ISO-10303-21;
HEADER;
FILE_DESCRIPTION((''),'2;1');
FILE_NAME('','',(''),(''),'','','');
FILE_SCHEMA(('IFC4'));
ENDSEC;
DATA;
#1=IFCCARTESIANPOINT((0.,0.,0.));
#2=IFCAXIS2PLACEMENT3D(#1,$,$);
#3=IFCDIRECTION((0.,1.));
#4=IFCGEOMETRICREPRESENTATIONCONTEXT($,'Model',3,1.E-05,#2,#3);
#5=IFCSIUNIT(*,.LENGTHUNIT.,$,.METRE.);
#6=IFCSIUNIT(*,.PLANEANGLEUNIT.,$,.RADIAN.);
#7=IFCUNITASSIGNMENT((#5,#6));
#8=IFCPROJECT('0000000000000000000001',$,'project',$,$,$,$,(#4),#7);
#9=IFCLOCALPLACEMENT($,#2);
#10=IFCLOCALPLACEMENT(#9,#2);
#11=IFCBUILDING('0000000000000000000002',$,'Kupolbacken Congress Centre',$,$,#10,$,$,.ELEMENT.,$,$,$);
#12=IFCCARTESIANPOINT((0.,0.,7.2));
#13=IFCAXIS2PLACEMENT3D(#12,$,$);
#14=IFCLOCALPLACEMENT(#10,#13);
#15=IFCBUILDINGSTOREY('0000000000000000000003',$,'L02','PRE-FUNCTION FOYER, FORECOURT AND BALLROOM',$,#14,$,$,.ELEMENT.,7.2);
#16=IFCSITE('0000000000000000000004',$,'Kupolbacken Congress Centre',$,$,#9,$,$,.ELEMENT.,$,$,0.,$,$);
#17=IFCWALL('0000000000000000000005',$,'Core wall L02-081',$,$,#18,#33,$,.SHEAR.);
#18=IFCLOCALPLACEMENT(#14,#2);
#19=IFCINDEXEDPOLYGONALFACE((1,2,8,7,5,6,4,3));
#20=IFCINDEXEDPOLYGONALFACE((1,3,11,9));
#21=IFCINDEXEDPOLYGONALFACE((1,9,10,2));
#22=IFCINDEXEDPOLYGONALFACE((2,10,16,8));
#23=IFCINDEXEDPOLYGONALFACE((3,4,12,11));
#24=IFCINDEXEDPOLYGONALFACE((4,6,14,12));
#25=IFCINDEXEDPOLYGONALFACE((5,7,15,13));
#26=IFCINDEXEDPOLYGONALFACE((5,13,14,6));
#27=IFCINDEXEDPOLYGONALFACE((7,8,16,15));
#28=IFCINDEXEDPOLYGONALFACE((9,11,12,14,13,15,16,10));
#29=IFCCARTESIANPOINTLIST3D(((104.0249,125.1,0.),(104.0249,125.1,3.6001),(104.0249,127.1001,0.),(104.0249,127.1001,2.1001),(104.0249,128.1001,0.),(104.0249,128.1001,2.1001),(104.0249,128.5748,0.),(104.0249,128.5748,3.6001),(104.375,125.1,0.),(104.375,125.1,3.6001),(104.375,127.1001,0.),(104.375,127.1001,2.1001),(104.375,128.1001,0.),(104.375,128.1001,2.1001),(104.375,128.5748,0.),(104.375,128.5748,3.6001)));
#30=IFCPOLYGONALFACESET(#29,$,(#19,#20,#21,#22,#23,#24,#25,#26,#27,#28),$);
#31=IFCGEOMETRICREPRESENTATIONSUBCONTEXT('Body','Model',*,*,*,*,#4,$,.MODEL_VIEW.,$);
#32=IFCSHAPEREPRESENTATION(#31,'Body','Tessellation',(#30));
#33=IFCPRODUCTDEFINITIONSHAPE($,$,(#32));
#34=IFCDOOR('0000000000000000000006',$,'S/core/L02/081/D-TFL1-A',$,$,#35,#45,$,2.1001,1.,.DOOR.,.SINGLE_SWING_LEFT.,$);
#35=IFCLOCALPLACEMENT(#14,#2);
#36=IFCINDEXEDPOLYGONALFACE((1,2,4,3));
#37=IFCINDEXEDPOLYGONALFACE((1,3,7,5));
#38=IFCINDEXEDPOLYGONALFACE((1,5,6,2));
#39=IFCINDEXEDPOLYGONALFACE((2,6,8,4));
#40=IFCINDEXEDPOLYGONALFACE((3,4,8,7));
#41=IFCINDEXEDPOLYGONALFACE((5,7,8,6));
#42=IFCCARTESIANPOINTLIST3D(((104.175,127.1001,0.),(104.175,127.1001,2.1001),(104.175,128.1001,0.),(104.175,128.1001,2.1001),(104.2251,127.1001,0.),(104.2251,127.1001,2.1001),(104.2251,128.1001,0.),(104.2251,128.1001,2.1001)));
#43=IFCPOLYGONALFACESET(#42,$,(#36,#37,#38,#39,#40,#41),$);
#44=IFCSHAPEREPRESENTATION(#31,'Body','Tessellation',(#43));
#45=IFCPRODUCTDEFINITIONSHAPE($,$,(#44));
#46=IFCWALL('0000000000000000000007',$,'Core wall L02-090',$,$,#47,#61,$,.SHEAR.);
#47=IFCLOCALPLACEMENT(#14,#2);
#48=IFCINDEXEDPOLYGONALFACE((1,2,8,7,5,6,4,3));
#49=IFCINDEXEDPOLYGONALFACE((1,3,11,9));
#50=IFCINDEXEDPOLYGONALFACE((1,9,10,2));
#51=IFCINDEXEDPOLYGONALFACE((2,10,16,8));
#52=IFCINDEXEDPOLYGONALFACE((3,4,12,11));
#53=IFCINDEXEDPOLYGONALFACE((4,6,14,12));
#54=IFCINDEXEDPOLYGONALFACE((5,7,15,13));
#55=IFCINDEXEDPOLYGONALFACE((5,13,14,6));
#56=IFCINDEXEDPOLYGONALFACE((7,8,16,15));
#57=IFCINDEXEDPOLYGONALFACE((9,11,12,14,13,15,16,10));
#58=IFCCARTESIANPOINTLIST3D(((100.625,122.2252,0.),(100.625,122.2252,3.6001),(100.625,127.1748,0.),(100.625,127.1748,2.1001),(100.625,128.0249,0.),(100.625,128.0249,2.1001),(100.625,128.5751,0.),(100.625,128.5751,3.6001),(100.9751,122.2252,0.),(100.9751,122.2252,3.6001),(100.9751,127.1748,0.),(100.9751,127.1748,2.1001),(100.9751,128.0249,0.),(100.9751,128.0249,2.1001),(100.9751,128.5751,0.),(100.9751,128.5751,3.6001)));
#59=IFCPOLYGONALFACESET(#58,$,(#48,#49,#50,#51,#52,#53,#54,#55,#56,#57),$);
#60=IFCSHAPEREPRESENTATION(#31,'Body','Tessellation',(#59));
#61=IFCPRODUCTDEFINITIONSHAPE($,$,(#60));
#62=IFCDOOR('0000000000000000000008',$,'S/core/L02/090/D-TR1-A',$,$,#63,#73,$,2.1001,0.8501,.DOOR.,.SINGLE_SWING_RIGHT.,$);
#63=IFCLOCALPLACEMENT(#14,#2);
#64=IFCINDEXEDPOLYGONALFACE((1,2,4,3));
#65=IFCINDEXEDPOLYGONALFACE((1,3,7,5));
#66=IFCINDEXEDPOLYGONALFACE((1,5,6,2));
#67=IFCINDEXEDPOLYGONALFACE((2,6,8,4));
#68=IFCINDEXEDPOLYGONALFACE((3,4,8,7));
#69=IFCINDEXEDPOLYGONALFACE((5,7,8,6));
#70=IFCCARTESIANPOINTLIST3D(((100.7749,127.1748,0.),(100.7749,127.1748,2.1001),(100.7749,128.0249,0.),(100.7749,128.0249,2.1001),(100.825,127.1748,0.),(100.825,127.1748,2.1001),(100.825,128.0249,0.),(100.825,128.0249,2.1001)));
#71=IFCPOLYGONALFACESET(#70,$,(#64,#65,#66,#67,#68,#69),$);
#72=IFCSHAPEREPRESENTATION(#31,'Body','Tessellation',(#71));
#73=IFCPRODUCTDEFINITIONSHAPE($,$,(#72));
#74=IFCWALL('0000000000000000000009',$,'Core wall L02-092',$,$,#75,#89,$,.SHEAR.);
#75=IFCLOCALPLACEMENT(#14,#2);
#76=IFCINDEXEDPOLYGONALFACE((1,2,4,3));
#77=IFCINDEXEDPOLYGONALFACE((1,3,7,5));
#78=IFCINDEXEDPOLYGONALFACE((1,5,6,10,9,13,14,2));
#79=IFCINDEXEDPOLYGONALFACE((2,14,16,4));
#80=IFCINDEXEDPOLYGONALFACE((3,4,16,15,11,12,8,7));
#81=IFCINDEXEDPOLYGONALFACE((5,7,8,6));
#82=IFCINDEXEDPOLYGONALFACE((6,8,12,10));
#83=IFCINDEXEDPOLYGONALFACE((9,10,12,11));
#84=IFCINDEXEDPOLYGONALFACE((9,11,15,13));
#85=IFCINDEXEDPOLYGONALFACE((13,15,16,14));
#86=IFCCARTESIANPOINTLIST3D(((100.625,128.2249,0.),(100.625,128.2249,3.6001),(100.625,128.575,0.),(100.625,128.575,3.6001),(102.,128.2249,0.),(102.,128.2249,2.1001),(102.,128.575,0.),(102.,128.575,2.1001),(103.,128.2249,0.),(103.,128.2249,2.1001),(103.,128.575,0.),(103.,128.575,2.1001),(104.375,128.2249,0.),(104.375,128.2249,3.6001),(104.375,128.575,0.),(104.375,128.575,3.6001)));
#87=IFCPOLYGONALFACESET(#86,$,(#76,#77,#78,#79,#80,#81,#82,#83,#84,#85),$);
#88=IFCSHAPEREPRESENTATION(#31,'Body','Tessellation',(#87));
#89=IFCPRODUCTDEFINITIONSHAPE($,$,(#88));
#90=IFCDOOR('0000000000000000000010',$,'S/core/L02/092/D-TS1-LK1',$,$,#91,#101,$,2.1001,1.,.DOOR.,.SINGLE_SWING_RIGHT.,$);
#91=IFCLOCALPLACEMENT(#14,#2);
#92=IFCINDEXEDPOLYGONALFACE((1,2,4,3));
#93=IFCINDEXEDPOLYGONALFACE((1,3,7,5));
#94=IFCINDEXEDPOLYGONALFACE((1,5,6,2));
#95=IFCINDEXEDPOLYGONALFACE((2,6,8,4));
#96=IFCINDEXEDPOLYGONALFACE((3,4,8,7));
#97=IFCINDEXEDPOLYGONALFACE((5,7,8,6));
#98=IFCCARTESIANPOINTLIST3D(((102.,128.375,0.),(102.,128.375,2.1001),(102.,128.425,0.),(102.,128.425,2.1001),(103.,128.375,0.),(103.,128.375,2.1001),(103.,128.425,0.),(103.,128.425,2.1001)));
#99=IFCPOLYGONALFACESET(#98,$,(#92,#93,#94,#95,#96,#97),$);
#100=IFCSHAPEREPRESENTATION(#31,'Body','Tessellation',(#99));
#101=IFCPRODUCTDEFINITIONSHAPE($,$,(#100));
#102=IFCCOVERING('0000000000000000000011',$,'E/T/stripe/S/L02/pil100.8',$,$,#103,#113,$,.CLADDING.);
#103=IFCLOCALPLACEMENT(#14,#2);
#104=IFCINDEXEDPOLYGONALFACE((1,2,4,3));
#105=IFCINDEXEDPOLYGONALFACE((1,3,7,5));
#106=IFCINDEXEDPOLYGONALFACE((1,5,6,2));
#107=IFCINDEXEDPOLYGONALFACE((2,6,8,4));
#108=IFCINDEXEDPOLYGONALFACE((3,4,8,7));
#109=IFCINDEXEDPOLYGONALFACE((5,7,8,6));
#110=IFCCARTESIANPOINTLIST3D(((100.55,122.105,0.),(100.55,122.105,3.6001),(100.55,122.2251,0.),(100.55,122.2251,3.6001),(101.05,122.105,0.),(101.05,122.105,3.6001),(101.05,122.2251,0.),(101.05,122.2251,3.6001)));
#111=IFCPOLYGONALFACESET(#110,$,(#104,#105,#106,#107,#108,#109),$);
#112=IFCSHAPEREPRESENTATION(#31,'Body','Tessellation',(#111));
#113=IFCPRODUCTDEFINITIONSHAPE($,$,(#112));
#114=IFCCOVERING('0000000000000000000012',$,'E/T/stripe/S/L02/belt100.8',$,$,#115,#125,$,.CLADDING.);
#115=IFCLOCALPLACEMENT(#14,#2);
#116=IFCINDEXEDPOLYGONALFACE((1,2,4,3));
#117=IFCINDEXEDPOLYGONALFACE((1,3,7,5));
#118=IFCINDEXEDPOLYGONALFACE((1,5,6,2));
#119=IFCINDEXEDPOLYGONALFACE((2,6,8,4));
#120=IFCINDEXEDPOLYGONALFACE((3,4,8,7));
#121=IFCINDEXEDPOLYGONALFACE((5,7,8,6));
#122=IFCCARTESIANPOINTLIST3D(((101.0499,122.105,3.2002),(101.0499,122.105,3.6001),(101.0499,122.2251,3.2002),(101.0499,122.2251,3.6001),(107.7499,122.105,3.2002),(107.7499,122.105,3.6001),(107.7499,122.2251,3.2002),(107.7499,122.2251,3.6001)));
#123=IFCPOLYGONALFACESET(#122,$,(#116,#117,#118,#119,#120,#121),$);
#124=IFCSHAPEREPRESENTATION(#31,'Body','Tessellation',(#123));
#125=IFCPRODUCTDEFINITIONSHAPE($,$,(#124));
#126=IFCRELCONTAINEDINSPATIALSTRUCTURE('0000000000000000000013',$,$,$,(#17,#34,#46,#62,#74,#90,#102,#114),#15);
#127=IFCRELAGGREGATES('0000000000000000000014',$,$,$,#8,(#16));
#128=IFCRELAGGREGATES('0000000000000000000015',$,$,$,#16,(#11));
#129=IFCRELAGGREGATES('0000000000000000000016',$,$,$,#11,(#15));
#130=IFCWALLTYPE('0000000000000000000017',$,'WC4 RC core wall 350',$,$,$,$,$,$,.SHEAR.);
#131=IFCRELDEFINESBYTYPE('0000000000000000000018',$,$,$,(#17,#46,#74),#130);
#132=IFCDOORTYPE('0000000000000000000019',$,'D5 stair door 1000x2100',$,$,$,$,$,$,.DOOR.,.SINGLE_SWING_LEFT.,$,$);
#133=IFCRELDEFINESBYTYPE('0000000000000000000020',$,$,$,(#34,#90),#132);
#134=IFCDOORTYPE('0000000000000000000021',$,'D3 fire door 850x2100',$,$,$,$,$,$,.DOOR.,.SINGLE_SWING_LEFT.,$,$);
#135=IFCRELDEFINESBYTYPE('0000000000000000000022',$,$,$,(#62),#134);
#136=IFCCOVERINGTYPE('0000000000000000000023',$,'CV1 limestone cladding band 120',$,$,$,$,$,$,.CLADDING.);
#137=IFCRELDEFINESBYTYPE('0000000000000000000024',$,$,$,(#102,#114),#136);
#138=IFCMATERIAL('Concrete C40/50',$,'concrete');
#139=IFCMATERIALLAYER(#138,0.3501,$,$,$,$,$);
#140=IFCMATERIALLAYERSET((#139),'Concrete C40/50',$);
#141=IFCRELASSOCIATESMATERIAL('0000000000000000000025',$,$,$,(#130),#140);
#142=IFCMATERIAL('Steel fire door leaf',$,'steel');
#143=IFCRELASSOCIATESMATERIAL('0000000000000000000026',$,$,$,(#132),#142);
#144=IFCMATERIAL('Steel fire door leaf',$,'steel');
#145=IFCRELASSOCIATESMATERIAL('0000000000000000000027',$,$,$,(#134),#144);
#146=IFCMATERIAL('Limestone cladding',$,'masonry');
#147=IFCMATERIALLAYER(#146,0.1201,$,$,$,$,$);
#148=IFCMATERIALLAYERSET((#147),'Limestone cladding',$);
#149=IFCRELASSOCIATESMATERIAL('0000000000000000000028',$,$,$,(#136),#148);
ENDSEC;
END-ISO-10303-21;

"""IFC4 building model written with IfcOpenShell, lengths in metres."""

from ifc_helpers import new_model, si_unit, direction, frame, frame_2d, origin, origin_2d, place, context, subcontext, project, spatial, rectangle, extrude, material, layer, layer_set, type_object, element, fill, save


model = new_model("IFC4")

# Units and contexts
model_context = context("Model", 3, precision=1e-05, world=origin(), true_north=direction((0.0, 1.0)))
body_context = subcontext(model_context, "Body", "Model", "MODEL_VIEW")
ifc_project = project(units=[si_unit("LENGTHUNIT", "METRE"), si_unit("PLANEANGLEUNIT", "RADIAN")], contexts=[model_context])

# Site, building, storey
site_placement = place(None, origin())
site = spatial("IfcSite", under=ifc_project, at=site_placement, Name="Kupolbacken Congress Centre", CompositionType="ELEMENT", RefElevation=0.0)
building_placement = place(site_placement, origin())
building = spatial("IfcBuilding", under=site, at=building_placement, Name="Kupolbacken Congress Centre", CompositionType="ELEMENT")
storey_placement = place(building_placement, frame((0.0, 0.0, 7.2)))
storey = spatial("IfcBuildingStorey", under=building, at=storey_placement, Name="L02", Description="PRE-FUNCTION FOYER, FORECOURT AND BALLROOM", CompositionType="ELEMENT", Elevation=7.2)

# Shared definitions
ifc_material_1 = material(Name="Concrete C40/50", Category="concrete")
ifc_layer_1 = layer(ifc_material_1, 0.3501)
ifc_layer_set_1 = layer_set([ifc_layer_1], Name="Concrete C40/50")
wall_type_1 = type_object("IfcWallType", Name="WC4 RC core wall 350", PredefinedType="SHEAR", material=ifc_layer_set_1)

# Walls, openings, doors
wall_1_placement = place(storey_placement, frame((104.2, 125.1001, 0.0), z_axis=(0.0, 0.0, 1.0), x_axis=(0.0, 1.0, 0.0)))
wall_1 = element("IfcWall", 1, at=wall_1_placement, inside=storey, type_object=wall_type_1, Name="Core wall L02-081", PredefinedType="SHEAR", context=body_context, shape_type="SweptSolid", body=[
    extrude(rectangle(XDim=3.4749, YDim=0.3501, at=frame_2d((1.7373, 0.0))), origin(), (0.0, 0.0, 1.0), 3.6001),
])
opening_1_placement = place(wall_1_placement, frame((2.0, 0.0, 0.0)))
opening_1 = element("IfcOpeningElement", 2, at=opening_1_placement, cuts=wall_1, PredefinedType="OPENING", context=body_context, shape_type="SweptSolid", body=[
    extrude(rectangle(XDim=1.0, YDim=2.1001, at=frame_2d((0.5, 1.05))), frame((0.0, 0.1851, 0.0), z_axis=(0.0, -1.0, 0.0), x_axis=(1.0, 0.0, 0.0)), (0.0, 0.0, 1.0), 0.3701),
])
ifc_material_2 = material(Name="Steel fire door leaf", Category="steel")
door_type_1 = type_object("IfcDoorType", Name="D5 stair door 1000x2100", OperationType="SINGLE_SWING_LEFT", PredefinedType="DOOR", material=ifc_material_2)
door_1_placement = place(opening_1_placement, origin())
door_1 = element("IfcDoor", 3, at=door_1_placement, inside=storey, type_object=door_type_1, Name="S/core/L02/081/D-TFL1-A", OperationType="SINGLE_SWING_LEFT", OverallHeight=2.1001, OverallWidth=1.0, PredefinedType="DOOR", context=body_context, shape_type="SweptSolid", body=[
    extrude(rectangle(XDim=1.0, YDim=2.1001, at=frame_2d((0.5, 1.05))), frame((0.0, 0.0249, 0.0), z_axis=(0.0, -1.0, 0.0), x_axis=(1.0, 0.0, 0.0)), (0.0, 0.0, 1.0), 0.05),
])
fill(opening_1, door_1)
wall_2_placement = place(storey_placement, frame((100.8, 128.575, 0.0), z_axis=(0.0, 0.0, 1.0), x_axis=(0.0, -1.0, 0.0)))
wall_2 = element("IfcWall", 4, at=wall_2_placement, inside=storey, type_object=wall_type_1, Name="Core wall L02-090", PredefinedType="SHEAR", context=body_context, shape_type="SweptSolid", body=[
    extrude(rectangle(XDim=6.3499, YDim=0.3501, at=frame_2d((3.1748, 0.0))), origin(), (0.0, 0.0, 1.0), 3.6001),
])
opening_2_placement = place(wall_2_placement, frame((0.55, 0.0, 0.0)))
opening_2 = element("IfcOpeningElement", 5, at=opening_2_placement, cuts=wall_2, PredefinedType="OPENING", context=body_context, shape_type="SweptSolid", body=[
    extrude(rectangle(XDim=0.8501, YDim=2.1001, at=frame_2d((0.425, 1.05))), frame((0.0, 0.1851, 0.0), z_axis=(0.0, -1.0, 0.0), x_axis=(1.0, 0.0, 0.0)), (0.0, 0.0, 1.0), 0.3701),
])
ifc_material_3 = material(Name="Steel fire door leaf", Category="steel")
door_type_2 = type_object("IfcDoorType", Name="D3 fire door 850x2100", OperationType="SINGLE_SWING_LEFT", PredefinedType="DOOR", material=ifc_material_3)
door_2_placement = place(opening_2_placement, origin())
door_2 = element("IfcDoor", 6, at=door_2_placement, inside=storey, type_object=door_type_2, Name="S/core/L02/090/D-TR1-A", OperationType="SINGLE_SWING_RIGHT", OverallHeight=2.1001, OverallWidth=0.8501, PredefinedType="DOOR", context=body_context, shape_type="SweptSolid", body=[
    extrude(rectangle(XDim=0.8501, YDim=2.1001, at=frame_2d((0.425, 1.05))), frame((0.0, 0.0249, 0.0), z_axis=(0.0, -1.0, 0.0), x_axis=(1.0, 0.0, 0.0)), (0.0, 0.0, 1.0), 0.05),
])
fill(opening_2, door_2)
wall_3_placement = place(storey_placement, frame((104.375, 128.3999, 0.0), z_axis=(0.0, 0.0, 1.0), x_axis=(-1.0, 0.0, 0.0)))
wall_3 = element("IfcWall", 7, at=wall_3_placement, inside=storey, type_object=wall_type_1, Name="Core wall L02-092", PredefinedType="SHEAR", context=body_context, shape_type="SweptSolid", body=[
    extrude(rectangle(XDim=3.75, YDim=0.3501, at=frame_2d((1.875, 0.0))), origin(), (0.0, 0.0, 1.0), 3.6001),
])
opening_3_placement = place(wall_3_placement, frame((1.375, 0.0, 0.0)))
opening_3 = element("IfcOpeningElement", 8, at=opening_3_placement, cuts=wall_3, PredefinedType="OPENING", context=body_context, shape_type="SweptSolid", body=[
    extrude(rectangle(XDim=1.0, YDim=2.1001, at=frame_2d((0.5, 1.05))), frame((0.0, 0.1851, 0.0), z_axis=(0.0, -1.0, 0.0), x_axis=(1.0, 0.0, 0.0)), (0.0, 0.0, 1.0), 0.3701),
])
door_3_placement = place(opening_3_placement, origin())
door_3 = element("IfcDoor", 9, at=door_3_placement, inside=storey, type_object=door_type_1, Name="S/core/L02/092/D-TS1-LK1", OperationType="SINGLE_SWING_RIGHT", OverallHeight=2.1001, OverallWidth=1.0, PredefinedType="DOOR", context=body_context, shape_type="SweptSolid", body=[
    extrude(rectangle(XDim=1.0, YDim=2.1001, at=frame_2d((0.5, 1.05))), frame((0.0, 0.0249, 0.0), z_axis=(0.0, -1.0, 0.0), x_axis=(1.0, 0.0, 0.0)), (0.0, 0.0, 1.0), 0.05),
])
fill(opening_3, door_3)

# Coverings
ifc_material_4 = material(Name="Limestone cladding", Category="masonry")
ifc_layer_2 = layer(ifc_material_4, 0.1201)
ifc_layer_set_2 = layer_set([ifc_layer_2], Name="Limestone cladding")
covering_type_1 = type_object("IfcCoveringType", Name="CV1 limestone cladding band 120", PredefinedType="CLADDING", material=ifc_layer_set_2)
covering_1_placement = place(storey_placement, frame((100.8, 122.165, 0.0), z_axis=(0.0, 0.0, 1.0), x_axis=(1.0, 0.0, 0.0)))
element("IfcCovering", 10, at=covering_1_placement, inside=storey, type_object=covering_type_1, Name="E/T/stripe/S/L02/pil100.8", PredefinedType="CLADDING", context=body_context, shape_type="SweptSolid", body=[
    extrude(rectangle(XDim=0.5, YDim=0.1201, at=origin_2d()), origin(), (0.0, 0.0, 1.0), 3.6001),
])
covering_2_placement = place(storey_placement, frame((104.3999, 122.165, 3.2002), z_axis=(0.0, 0.0, 1.0), x_axis=(1.0, 0.0, 0.0)))
element("IfcCovering", 11, at=covering_2_placement, inside=storey, type_object=covering_type_1, Name="E/T/stripe/S/L02/belt100.8", PredefinedType="CLADDING", context=body_context, shape_type="SweptSolid", body=[
    extrude(rectangle(XDim=6.7, YDim=0.1201, at=origin_2d()), origin(), (0.0, 0.0, 1.0), 0.3999),
])

save(model, "model.ifc")
